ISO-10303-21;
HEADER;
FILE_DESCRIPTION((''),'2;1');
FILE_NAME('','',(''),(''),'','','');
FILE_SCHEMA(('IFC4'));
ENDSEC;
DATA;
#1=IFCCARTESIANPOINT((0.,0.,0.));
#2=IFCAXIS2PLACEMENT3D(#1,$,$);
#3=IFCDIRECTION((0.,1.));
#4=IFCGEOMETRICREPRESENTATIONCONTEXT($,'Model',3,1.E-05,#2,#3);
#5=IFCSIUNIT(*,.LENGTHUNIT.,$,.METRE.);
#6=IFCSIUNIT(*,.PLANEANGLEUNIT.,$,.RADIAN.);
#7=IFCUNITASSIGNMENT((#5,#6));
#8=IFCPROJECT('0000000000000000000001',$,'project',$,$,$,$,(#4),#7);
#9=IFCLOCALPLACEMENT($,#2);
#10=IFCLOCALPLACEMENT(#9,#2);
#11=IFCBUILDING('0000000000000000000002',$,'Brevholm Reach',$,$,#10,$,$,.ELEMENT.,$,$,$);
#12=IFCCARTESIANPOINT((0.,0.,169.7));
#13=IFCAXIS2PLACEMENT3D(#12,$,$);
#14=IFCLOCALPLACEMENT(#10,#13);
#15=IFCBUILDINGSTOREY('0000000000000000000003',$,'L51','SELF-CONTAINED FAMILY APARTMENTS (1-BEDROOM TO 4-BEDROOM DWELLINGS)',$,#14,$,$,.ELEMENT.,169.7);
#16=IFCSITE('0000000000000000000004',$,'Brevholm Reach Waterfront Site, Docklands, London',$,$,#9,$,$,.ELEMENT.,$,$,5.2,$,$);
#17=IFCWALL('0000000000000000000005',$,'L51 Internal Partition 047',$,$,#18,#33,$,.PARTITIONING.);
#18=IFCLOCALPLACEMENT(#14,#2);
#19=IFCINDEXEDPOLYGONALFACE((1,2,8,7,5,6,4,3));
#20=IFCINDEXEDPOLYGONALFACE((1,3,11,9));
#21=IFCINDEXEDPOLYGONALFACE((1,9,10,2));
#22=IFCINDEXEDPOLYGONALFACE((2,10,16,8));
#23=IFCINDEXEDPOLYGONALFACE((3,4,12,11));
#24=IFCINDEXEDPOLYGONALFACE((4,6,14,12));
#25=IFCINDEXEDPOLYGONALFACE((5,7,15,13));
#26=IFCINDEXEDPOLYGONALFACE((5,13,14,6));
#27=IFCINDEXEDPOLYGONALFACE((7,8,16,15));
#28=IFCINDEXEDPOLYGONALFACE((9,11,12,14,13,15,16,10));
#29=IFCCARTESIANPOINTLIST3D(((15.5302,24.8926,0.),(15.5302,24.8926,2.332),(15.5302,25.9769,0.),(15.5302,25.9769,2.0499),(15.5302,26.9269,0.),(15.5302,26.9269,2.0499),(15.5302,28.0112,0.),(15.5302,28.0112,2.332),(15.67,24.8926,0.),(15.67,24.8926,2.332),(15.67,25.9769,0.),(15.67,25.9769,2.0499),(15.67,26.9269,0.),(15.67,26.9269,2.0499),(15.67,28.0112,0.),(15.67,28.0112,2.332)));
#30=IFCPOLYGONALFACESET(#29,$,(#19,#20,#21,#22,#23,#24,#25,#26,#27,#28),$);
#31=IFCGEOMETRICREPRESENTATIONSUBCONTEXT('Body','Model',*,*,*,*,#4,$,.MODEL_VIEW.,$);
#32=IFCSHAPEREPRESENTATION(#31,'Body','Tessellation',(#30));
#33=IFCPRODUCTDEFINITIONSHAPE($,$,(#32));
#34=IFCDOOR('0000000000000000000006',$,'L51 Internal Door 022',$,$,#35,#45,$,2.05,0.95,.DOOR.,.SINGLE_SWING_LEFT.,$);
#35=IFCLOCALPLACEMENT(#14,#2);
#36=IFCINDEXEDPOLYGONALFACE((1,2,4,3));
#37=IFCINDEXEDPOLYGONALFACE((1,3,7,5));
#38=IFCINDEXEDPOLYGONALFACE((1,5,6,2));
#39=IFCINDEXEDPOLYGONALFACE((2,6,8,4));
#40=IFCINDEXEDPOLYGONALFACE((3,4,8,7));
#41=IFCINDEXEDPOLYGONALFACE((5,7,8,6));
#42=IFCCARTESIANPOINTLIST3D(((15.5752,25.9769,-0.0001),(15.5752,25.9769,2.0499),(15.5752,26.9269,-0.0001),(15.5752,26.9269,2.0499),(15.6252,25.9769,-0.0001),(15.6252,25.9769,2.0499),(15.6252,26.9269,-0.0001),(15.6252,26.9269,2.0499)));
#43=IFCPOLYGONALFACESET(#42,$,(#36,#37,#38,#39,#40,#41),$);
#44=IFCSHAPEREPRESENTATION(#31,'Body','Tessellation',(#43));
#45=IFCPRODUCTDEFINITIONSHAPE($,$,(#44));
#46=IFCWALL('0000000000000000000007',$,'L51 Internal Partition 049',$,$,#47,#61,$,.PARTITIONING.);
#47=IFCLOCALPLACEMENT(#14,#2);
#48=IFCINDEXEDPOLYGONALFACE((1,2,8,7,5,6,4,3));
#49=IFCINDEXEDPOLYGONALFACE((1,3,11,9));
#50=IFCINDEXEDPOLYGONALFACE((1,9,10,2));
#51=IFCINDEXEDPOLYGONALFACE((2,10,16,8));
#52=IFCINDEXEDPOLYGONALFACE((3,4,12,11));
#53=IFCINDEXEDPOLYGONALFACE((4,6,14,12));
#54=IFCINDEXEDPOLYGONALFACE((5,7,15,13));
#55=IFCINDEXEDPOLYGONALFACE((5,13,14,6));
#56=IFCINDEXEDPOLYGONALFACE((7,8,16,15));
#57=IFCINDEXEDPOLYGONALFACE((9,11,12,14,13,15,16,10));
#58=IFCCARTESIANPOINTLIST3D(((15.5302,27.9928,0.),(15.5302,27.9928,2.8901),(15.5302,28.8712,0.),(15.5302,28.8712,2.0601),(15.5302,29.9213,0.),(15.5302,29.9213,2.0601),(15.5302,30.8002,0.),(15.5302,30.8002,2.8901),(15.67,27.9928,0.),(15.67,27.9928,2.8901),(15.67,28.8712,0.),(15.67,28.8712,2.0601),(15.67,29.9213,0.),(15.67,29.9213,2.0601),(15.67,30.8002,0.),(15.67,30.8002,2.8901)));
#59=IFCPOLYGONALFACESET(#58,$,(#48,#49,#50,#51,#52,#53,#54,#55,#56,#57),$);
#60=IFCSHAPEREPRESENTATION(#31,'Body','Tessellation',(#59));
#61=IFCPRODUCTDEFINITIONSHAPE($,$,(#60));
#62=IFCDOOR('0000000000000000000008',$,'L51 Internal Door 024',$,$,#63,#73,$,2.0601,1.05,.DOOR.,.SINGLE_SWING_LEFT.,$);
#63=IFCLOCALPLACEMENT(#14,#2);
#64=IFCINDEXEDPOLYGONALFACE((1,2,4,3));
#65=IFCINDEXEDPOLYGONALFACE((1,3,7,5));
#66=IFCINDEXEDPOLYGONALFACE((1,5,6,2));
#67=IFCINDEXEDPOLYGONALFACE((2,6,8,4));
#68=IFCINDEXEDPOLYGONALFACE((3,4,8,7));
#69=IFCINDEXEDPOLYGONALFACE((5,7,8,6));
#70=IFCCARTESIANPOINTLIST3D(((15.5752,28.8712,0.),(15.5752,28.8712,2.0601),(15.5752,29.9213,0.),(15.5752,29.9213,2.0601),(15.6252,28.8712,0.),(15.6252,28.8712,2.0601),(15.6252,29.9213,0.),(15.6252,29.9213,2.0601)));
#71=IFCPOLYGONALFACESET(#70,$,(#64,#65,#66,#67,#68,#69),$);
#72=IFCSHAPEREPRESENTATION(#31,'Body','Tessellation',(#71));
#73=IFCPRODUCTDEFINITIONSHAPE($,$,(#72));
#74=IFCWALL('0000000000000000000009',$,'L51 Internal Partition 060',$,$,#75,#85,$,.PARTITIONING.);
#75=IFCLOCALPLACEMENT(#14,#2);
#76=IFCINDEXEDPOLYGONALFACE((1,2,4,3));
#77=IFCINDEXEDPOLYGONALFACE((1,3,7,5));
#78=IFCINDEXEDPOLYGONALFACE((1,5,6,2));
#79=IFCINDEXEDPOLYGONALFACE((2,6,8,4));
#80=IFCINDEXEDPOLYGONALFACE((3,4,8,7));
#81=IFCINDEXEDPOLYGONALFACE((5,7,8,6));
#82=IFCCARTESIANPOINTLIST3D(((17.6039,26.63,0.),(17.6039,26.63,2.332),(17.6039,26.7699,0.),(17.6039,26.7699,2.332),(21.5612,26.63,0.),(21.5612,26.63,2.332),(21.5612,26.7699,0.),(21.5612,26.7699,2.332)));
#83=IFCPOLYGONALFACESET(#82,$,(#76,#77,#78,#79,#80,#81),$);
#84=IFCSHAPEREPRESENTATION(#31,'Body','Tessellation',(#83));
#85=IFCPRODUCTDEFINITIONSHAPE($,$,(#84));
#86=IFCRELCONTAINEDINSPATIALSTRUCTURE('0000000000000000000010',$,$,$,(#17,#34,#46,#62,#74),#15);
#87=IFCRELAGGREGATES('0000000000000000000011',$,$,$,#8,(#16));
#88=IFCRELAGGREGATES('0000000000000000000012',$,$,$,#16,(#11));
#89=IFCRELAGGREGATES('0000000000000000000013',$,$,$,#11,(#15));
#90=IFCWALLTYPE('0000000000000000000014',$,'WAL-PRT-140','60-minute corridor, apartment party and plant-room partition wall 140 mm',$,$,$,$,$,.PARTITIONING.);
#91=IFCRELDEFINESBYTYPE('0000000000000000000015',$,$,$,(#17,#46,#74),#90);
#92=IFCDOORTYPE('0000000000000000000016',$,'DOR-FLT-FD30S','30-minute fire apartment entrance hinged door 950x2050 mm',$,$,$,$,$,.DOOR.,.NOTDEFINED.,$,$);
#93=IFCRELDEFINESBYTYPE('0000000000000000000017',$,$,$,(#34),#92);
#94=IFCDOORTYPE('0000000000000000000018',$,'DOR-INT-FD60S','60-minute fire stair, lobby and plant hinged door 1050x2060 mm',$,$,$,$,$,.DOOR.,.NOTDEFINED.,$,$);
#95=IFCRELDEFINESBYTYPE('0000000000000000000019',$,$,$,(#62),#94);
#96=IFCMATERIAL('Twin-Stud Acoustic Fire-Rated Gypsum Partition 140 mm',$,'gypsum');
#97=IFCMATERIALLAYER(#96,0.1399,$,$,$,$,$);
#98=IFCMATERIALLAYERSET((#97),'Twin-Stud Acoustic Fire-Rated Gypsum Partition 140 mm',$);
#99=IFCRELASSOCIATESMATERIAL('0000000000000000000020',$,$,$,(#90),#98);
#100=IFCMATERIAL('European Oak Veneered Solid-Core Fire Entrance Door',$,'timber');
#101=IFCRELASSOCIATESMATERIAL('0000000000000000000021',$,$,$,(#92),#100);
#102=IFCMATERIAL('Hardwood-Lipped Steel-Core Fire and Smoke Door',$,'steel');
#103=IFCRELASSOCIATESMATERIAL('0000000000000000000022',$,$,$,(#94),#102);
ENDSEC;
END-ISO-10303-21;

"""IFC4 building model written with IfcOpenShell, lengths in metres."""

from ifc_helpers import new_model, si_unit, direction, frame, frame_2d, origin, place, context, subcontext, project, spatial, rectangle, extrude, material, layer, layer_set, type_object, element, fill, save


model = new_model("IFC4")

# Units and contexts
model_context = context("Model", 3, precision=1e-05, world=origin(), true_north=direction((0.0, 1.0)))
body_context = subcontext(model_context, "Body", "Model", "MODEL_VIEW")
ifc_project = project(units=[si_unit("LENGTHUNIT", "METRE"), si_unit("PLANEANGLEUNIT", "RADIAN")], contexts=[model_context])

# Site, building, storey
site_placement = place(None, origin())
site = spatial("IfcSite", under=ifc_project, at=site_placement, Name="Brevholm Reach Waterfront Site, Docklands, London", CompositionType="ELEMENT", RefElevation=5.2)
building_placement = place(site_placement, origin())
building = spatial("IfcBuilding", under=site, at=building_placement, Name="Brevholm Reach", CompositionType="ELEMENT")
storey_placement = place(building_placement, frame((0.0, 0.0, 169.7)))
storey = spatial("IfcBuildingStorey", under=building, at=storey_placement, Name="L51", Description="SELF-CONTAINED FAMILY APARTMENTS (1-BEDROOM TO 4-BEDROOM DWELLINGS)", CompositionType="ELEMENT", Elevation=169.7)

# Walls, openings, doors
ifc_material_1 = material(Name="Twin-Stud Acoustic Fire-Rated Gypsum Partition 140 mm", Category="gypsum")
ifc_layer_1 = layer(ifc_material_1, 0.1399)
ifc_layer_set_1 = layer_set([ifc_layer_1], Name="Twin-Stud Acoustic Fire-Rated Gypsum Partition 140 mm")
wall_type_1 = type_object("IfcWallType", Name="WAL-PRT-140", Description="60-minute corridor, apartment party and plant-room partition wall 140 mm", PredefinedType="PARTITIONING", material=ifc_layer_set_1)
wall_1_placement = place(storey_placement, frame((15.6001, 24.8926, 0.0), z_axis=(0.0, 0.0, 1.0), x_axis=(0.0, 1.0, 0.0)))
wall_1 = element("IfcWall", 1, at=wall_1_placement, inside=storey, type_object=wall_type_1, Name="L51 Internal Partition 047", PredefinedType="PARTITIONING", context=body_context, shape_type="SweptSolid", body=[
    extrude(rectangle(XDim=3.1187, YDim=0.1399, at=frame_2d((1.5593, 0.0))), origin(), (0.0, 0.0, 1.0), 2.332),
])
opening_1_placement = place(wall_1_placement, frame((1.0842, 0.0, 0.0)))
opening_1 = element("IfcOpeningElement", 2, at=opening_1_placement, cuts=wall_1, PredefinedType="OPENING", context=body_context, shape_type="SweptSolid", body=[
    extrude(rectangle(XDim=0.95, YDim=2.05, at=frame_2d((0.4751, 1.0249))), frame((0.0, 0.0798, 0.0), z_axis=(0.0, -1.0, 0.0), x_axis=(1.0, 0.0, 0.0)), (0.0, 0.0, 1.0), 0.1599),
])
ifc_material_2 = material(Name="European Oak Veneered Solid-Core Fire Entrance Door", Category="timber")
door_type_1 = type_object("IfcDoorType", Name="DOR-FLT-FD30S", Description="30-minute fire apartment entrance hinged door 950x2050 mm", OperationType="NOTDEFINED", PredefinedType="DOOR", material=ifc_material_2)
door_1_placement = place(opening_1_placement, origin())
door_1 = element("IfcDoor", 3, at=door_1_placement, inside=storey, type_object=door_type_1, Name="L51 Internal Door 022", OperationType="SINGLE_SWING_LEFT", OverallHeight=2.05, OverallWidth=0.95, PredefinedType="DOOR", context=body_context, shape_type="SweptSolid", body=[
    extrude(rectangle(XDim=0.95, YDim=2.05, at=frame_2d((0.4751, 1.0249))), frame((0.0, 0.0249, 0.0), z_axis=(0.0, -1.0, 0.0), x_axis=(1.0, 0.0, 0.0)), (0.0, 0.0, 1.0), 0.05),
])
fill(opening_1, door_1)
wall_2_placement = place(storey_placement, frame((15.6001, 27.9927, 0.0), z_axis=(0.0, 0.0, 1.0), x_axis=(0.0, 1.0, 0.0)))
wall_2 = element("IfcWall", 4, at=wall_2_placement, inside=storey, type_object=wall_type_1, Name="L51 Internal Partition 049", PredefinedType="PARTITIONING", context=body_context, shape_type="SweptSolid", body=[
    extrude(rectangle(XDim=2.8074, YDim=0.1399, at=frame_2d((1.4038, 0.0))), origin(), (0.0, 0.0, 1.0), 2.8901),
])
opening_2_placement = place(wall_2_placement, frame((0.8787, 0.0, 0.0)))
opening_2 = element("IfcOpeningElement", 5, at=opening_2_placement, cuts=wall_2, PredefinedType="OPENING", context=body_context, shape_type="SweptSolid", body=[
    extrude(rectangle(XDim=1.05, YDim=2.0601, at=frame_2d((0.5249, 1.03))), frame((0.0, 0.0798, 0.0), z_axis=(0.0, -1.0, 0.0), x_axis=(1.0, 0.0, 0.0)), (0.0, 0.0, 1.0), 0.1599),
])
ifc_material_3 = material(Name="Hardwood-Lipped Steel-Core Fire and Smoke Door", Category="steel")
door_type_2 = type_object("IfcDoorType", Name="DOR-INT-FD60S", Description="60-minute fire stair, lobby and plant hinged door 1050x2060 mm", OperationType="NOTDEFINED", PredefinedType="DOOR", material=ifc_material_3)
door_2_placement = place(opening_2_placement, origin())
door_2 = element("IfcDoor", 6, at=door_2_placement, inside=storey, type_object=door_type_2, Name="L51 Internal Door 024", OperationType="SINGLE_SWING_LEFT", OverallHeight=2.0601, OverallWidth=1.05, PredefinedType="DOOR", context=body_context, shape_type="SweptSolid", body=[
    extrude(rectangle(XDim=1.05, YDim=2.0601, at=frame_2d((0.5249, 1.03))), frame((0.0, 0.0249, 0.0), z_axis=(0.0, -1.0, 0.0), x_axis=(1.0, 0.0, 0.0)), (0.0, 0.0, 1.0), 0.05),
])
fill(opening_2, door_2)

# Wall
wall_3_placement = place(storey_placement, frame((17.604, 26.7, 0.0), z_axis=(0.0, 0.0, 1.0), x_axis=(1.0, 0.0, 0.0)))
element("IfcWall", 7, at=wall_3_placement, inside=storey, type_object=wall_type_1, Name="L51 Internal Partition 060", PredefinedType="PARTITIONING", context=body_context, shape_type="SweptSolid", body=[
    extrude(rectangle(XDim=3.9573, YDim=0.1399, at=frame_2d((1.9785, 0.0))), origin(), (0.0, 0.0, 1.0), 2.332),
])

save(model, "model.ifc")
